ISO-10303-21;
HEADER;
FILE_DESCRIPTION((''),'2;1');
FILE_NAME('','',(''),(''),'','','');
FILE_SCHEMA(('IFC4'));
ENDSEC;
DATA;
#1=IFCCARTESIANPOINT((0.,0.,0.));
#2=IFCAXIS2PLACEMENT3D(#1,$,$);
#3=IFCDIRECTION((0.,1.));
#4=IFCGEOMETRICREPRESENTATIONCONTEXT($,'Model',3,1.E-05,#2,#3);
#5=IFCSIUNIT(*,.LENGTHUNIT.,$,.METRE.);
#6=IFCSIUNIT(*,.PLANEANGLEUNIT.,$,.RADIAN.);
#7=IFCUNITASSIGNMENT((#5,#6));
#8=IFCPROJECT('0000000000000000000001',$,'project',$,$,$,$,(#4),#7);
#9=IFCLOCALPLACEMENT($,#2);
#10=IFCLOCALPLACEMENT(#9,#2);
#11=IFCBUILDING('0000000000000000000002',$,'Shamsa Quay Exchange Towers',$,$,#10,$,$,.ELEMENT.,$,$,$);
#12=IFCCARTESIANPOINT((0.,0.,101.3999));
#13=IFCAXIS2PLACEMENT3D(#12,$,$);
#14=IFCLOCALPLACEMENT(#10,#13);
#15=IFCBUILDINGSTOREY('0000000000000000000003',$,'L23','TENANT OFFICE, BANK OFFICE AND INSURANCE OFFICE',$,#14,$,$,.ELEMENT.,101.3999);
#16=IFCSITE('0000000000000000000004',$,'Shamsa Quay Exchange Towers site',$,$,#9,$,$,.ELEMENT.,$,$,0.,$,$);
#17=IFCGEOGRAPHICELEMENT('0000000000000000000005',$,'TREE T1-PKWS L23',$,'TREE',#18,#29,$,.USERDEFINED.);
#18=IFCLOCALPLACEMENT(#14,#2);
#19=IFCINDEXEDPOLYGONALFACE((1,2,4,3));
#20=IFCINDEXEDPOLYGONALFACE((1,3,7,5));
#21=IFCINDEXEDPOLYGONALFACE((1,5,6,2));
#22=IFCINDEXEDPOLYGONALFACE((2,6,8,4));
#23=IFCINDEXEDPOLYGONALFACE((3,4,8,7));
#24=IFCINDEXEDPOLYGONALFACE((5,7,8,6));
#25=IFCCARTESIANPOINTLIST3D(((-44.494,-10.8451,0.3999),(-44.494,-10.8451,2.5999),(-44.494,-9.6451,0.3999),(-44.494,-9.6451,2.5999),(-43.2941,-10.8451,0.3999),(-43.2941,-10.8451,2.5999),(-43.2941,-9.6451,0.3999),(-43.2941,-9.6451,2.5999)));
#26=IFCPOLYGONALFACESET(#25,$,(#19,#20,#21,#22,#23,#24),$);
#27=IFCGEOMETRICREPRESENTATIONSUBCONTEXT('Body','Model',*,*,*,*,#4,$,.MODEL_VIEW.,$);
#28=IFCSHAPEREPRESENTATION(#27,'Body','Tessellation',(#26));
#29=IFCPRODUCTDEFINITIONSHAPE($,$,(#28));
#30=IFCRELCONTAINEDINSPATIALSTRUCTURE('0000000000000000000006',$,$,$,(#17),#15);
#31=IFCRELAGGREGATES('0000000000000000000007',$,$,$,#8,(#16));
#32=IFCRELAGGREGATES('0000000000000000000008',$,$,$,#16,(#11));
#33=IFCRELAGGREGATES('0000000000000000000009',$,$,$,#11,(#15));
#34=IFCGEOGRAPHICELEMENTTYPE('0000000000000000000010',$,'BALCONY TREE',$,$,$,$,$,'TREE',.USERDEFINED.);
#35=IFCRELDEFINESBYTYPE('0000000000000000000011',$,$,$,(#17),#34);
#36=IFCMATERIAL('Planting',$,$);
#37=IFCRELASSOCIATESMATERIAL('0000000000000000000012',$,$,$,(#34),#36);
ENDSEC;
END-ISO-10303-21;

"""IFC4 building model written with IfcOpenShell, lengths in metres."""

from ifc_helpers import new_model, si_unit, direction, frame, origin, origin_2d, place, context, subcontext, project, spatial, rectangle, extrude, material, type_object, element, save


model = new_model("IFC4")

# Units and contexts
model_context = context("Model", 3, precision=1e-05, world=origin(), true_north=direction((0.0, 1.0)))
body_context = subcontext(model_context, "Body", "Model", "MODEL_VIEW")
ifc_project = project(units=[si_unit("LENGTHUNIT", "METRE"), si_unit("PLANEANGLEUNIT", "RADIAN")], contexts=[model_context])

# Site, building, storey
site_placement = place(None, origin())
site = spatial("IfcSite", under=ifc_project, at=site_placement, Name="Shamsa Quay Exchange Towers site", CompositionType="ELEMENT", RefElevation=0.0)
building_placement = place(site_placement, origin())
building = spatial("IfcBuilding", under=site, at=building_placement, Name="Shamsa Quay Exchange Towers", CompositionType="ELEMENT")
storey_placement = place(building_placement, frame((0.0, 0.0, 101.3999)))
storey = spatial("IfcBuildingStorey", under=building, at=storey_placement, Name="L23", Description="TENANT OFFICE, BANK OFFICE AND INSURANCE OFFICE", CompositionType="ELEMENT", Elevation=101.3999)

# Geographic element
ifc_material_1 = material(Name="Planting")
geographic_element_type = type_object("IfcGeographicElementType", Name="BALCONY TREE", ElementType="TREE", PredefinedType="USERDEFINED", material=ifc_material_1)
geographic_element_placement = place(storey_placement, frame((-43.894, -10.2451, 0.3999)))
element("IfcGeographicElement", 1, at=geographic_element_placement, inside=storey, type_object=geographic_element_type, Name="TREE T1-PKWS L23", ObjectType="TREE", PredefinedType="USERDEFINED", context=body_context, shape_type="SweptSolid", body=[
    extrude(rectangle(XDim=1.2, YDim=1.2, at=origin_2d()), origin(), (0.0, 0.0, 1.0), 2.2),
])

save(model, "model.ifc")
